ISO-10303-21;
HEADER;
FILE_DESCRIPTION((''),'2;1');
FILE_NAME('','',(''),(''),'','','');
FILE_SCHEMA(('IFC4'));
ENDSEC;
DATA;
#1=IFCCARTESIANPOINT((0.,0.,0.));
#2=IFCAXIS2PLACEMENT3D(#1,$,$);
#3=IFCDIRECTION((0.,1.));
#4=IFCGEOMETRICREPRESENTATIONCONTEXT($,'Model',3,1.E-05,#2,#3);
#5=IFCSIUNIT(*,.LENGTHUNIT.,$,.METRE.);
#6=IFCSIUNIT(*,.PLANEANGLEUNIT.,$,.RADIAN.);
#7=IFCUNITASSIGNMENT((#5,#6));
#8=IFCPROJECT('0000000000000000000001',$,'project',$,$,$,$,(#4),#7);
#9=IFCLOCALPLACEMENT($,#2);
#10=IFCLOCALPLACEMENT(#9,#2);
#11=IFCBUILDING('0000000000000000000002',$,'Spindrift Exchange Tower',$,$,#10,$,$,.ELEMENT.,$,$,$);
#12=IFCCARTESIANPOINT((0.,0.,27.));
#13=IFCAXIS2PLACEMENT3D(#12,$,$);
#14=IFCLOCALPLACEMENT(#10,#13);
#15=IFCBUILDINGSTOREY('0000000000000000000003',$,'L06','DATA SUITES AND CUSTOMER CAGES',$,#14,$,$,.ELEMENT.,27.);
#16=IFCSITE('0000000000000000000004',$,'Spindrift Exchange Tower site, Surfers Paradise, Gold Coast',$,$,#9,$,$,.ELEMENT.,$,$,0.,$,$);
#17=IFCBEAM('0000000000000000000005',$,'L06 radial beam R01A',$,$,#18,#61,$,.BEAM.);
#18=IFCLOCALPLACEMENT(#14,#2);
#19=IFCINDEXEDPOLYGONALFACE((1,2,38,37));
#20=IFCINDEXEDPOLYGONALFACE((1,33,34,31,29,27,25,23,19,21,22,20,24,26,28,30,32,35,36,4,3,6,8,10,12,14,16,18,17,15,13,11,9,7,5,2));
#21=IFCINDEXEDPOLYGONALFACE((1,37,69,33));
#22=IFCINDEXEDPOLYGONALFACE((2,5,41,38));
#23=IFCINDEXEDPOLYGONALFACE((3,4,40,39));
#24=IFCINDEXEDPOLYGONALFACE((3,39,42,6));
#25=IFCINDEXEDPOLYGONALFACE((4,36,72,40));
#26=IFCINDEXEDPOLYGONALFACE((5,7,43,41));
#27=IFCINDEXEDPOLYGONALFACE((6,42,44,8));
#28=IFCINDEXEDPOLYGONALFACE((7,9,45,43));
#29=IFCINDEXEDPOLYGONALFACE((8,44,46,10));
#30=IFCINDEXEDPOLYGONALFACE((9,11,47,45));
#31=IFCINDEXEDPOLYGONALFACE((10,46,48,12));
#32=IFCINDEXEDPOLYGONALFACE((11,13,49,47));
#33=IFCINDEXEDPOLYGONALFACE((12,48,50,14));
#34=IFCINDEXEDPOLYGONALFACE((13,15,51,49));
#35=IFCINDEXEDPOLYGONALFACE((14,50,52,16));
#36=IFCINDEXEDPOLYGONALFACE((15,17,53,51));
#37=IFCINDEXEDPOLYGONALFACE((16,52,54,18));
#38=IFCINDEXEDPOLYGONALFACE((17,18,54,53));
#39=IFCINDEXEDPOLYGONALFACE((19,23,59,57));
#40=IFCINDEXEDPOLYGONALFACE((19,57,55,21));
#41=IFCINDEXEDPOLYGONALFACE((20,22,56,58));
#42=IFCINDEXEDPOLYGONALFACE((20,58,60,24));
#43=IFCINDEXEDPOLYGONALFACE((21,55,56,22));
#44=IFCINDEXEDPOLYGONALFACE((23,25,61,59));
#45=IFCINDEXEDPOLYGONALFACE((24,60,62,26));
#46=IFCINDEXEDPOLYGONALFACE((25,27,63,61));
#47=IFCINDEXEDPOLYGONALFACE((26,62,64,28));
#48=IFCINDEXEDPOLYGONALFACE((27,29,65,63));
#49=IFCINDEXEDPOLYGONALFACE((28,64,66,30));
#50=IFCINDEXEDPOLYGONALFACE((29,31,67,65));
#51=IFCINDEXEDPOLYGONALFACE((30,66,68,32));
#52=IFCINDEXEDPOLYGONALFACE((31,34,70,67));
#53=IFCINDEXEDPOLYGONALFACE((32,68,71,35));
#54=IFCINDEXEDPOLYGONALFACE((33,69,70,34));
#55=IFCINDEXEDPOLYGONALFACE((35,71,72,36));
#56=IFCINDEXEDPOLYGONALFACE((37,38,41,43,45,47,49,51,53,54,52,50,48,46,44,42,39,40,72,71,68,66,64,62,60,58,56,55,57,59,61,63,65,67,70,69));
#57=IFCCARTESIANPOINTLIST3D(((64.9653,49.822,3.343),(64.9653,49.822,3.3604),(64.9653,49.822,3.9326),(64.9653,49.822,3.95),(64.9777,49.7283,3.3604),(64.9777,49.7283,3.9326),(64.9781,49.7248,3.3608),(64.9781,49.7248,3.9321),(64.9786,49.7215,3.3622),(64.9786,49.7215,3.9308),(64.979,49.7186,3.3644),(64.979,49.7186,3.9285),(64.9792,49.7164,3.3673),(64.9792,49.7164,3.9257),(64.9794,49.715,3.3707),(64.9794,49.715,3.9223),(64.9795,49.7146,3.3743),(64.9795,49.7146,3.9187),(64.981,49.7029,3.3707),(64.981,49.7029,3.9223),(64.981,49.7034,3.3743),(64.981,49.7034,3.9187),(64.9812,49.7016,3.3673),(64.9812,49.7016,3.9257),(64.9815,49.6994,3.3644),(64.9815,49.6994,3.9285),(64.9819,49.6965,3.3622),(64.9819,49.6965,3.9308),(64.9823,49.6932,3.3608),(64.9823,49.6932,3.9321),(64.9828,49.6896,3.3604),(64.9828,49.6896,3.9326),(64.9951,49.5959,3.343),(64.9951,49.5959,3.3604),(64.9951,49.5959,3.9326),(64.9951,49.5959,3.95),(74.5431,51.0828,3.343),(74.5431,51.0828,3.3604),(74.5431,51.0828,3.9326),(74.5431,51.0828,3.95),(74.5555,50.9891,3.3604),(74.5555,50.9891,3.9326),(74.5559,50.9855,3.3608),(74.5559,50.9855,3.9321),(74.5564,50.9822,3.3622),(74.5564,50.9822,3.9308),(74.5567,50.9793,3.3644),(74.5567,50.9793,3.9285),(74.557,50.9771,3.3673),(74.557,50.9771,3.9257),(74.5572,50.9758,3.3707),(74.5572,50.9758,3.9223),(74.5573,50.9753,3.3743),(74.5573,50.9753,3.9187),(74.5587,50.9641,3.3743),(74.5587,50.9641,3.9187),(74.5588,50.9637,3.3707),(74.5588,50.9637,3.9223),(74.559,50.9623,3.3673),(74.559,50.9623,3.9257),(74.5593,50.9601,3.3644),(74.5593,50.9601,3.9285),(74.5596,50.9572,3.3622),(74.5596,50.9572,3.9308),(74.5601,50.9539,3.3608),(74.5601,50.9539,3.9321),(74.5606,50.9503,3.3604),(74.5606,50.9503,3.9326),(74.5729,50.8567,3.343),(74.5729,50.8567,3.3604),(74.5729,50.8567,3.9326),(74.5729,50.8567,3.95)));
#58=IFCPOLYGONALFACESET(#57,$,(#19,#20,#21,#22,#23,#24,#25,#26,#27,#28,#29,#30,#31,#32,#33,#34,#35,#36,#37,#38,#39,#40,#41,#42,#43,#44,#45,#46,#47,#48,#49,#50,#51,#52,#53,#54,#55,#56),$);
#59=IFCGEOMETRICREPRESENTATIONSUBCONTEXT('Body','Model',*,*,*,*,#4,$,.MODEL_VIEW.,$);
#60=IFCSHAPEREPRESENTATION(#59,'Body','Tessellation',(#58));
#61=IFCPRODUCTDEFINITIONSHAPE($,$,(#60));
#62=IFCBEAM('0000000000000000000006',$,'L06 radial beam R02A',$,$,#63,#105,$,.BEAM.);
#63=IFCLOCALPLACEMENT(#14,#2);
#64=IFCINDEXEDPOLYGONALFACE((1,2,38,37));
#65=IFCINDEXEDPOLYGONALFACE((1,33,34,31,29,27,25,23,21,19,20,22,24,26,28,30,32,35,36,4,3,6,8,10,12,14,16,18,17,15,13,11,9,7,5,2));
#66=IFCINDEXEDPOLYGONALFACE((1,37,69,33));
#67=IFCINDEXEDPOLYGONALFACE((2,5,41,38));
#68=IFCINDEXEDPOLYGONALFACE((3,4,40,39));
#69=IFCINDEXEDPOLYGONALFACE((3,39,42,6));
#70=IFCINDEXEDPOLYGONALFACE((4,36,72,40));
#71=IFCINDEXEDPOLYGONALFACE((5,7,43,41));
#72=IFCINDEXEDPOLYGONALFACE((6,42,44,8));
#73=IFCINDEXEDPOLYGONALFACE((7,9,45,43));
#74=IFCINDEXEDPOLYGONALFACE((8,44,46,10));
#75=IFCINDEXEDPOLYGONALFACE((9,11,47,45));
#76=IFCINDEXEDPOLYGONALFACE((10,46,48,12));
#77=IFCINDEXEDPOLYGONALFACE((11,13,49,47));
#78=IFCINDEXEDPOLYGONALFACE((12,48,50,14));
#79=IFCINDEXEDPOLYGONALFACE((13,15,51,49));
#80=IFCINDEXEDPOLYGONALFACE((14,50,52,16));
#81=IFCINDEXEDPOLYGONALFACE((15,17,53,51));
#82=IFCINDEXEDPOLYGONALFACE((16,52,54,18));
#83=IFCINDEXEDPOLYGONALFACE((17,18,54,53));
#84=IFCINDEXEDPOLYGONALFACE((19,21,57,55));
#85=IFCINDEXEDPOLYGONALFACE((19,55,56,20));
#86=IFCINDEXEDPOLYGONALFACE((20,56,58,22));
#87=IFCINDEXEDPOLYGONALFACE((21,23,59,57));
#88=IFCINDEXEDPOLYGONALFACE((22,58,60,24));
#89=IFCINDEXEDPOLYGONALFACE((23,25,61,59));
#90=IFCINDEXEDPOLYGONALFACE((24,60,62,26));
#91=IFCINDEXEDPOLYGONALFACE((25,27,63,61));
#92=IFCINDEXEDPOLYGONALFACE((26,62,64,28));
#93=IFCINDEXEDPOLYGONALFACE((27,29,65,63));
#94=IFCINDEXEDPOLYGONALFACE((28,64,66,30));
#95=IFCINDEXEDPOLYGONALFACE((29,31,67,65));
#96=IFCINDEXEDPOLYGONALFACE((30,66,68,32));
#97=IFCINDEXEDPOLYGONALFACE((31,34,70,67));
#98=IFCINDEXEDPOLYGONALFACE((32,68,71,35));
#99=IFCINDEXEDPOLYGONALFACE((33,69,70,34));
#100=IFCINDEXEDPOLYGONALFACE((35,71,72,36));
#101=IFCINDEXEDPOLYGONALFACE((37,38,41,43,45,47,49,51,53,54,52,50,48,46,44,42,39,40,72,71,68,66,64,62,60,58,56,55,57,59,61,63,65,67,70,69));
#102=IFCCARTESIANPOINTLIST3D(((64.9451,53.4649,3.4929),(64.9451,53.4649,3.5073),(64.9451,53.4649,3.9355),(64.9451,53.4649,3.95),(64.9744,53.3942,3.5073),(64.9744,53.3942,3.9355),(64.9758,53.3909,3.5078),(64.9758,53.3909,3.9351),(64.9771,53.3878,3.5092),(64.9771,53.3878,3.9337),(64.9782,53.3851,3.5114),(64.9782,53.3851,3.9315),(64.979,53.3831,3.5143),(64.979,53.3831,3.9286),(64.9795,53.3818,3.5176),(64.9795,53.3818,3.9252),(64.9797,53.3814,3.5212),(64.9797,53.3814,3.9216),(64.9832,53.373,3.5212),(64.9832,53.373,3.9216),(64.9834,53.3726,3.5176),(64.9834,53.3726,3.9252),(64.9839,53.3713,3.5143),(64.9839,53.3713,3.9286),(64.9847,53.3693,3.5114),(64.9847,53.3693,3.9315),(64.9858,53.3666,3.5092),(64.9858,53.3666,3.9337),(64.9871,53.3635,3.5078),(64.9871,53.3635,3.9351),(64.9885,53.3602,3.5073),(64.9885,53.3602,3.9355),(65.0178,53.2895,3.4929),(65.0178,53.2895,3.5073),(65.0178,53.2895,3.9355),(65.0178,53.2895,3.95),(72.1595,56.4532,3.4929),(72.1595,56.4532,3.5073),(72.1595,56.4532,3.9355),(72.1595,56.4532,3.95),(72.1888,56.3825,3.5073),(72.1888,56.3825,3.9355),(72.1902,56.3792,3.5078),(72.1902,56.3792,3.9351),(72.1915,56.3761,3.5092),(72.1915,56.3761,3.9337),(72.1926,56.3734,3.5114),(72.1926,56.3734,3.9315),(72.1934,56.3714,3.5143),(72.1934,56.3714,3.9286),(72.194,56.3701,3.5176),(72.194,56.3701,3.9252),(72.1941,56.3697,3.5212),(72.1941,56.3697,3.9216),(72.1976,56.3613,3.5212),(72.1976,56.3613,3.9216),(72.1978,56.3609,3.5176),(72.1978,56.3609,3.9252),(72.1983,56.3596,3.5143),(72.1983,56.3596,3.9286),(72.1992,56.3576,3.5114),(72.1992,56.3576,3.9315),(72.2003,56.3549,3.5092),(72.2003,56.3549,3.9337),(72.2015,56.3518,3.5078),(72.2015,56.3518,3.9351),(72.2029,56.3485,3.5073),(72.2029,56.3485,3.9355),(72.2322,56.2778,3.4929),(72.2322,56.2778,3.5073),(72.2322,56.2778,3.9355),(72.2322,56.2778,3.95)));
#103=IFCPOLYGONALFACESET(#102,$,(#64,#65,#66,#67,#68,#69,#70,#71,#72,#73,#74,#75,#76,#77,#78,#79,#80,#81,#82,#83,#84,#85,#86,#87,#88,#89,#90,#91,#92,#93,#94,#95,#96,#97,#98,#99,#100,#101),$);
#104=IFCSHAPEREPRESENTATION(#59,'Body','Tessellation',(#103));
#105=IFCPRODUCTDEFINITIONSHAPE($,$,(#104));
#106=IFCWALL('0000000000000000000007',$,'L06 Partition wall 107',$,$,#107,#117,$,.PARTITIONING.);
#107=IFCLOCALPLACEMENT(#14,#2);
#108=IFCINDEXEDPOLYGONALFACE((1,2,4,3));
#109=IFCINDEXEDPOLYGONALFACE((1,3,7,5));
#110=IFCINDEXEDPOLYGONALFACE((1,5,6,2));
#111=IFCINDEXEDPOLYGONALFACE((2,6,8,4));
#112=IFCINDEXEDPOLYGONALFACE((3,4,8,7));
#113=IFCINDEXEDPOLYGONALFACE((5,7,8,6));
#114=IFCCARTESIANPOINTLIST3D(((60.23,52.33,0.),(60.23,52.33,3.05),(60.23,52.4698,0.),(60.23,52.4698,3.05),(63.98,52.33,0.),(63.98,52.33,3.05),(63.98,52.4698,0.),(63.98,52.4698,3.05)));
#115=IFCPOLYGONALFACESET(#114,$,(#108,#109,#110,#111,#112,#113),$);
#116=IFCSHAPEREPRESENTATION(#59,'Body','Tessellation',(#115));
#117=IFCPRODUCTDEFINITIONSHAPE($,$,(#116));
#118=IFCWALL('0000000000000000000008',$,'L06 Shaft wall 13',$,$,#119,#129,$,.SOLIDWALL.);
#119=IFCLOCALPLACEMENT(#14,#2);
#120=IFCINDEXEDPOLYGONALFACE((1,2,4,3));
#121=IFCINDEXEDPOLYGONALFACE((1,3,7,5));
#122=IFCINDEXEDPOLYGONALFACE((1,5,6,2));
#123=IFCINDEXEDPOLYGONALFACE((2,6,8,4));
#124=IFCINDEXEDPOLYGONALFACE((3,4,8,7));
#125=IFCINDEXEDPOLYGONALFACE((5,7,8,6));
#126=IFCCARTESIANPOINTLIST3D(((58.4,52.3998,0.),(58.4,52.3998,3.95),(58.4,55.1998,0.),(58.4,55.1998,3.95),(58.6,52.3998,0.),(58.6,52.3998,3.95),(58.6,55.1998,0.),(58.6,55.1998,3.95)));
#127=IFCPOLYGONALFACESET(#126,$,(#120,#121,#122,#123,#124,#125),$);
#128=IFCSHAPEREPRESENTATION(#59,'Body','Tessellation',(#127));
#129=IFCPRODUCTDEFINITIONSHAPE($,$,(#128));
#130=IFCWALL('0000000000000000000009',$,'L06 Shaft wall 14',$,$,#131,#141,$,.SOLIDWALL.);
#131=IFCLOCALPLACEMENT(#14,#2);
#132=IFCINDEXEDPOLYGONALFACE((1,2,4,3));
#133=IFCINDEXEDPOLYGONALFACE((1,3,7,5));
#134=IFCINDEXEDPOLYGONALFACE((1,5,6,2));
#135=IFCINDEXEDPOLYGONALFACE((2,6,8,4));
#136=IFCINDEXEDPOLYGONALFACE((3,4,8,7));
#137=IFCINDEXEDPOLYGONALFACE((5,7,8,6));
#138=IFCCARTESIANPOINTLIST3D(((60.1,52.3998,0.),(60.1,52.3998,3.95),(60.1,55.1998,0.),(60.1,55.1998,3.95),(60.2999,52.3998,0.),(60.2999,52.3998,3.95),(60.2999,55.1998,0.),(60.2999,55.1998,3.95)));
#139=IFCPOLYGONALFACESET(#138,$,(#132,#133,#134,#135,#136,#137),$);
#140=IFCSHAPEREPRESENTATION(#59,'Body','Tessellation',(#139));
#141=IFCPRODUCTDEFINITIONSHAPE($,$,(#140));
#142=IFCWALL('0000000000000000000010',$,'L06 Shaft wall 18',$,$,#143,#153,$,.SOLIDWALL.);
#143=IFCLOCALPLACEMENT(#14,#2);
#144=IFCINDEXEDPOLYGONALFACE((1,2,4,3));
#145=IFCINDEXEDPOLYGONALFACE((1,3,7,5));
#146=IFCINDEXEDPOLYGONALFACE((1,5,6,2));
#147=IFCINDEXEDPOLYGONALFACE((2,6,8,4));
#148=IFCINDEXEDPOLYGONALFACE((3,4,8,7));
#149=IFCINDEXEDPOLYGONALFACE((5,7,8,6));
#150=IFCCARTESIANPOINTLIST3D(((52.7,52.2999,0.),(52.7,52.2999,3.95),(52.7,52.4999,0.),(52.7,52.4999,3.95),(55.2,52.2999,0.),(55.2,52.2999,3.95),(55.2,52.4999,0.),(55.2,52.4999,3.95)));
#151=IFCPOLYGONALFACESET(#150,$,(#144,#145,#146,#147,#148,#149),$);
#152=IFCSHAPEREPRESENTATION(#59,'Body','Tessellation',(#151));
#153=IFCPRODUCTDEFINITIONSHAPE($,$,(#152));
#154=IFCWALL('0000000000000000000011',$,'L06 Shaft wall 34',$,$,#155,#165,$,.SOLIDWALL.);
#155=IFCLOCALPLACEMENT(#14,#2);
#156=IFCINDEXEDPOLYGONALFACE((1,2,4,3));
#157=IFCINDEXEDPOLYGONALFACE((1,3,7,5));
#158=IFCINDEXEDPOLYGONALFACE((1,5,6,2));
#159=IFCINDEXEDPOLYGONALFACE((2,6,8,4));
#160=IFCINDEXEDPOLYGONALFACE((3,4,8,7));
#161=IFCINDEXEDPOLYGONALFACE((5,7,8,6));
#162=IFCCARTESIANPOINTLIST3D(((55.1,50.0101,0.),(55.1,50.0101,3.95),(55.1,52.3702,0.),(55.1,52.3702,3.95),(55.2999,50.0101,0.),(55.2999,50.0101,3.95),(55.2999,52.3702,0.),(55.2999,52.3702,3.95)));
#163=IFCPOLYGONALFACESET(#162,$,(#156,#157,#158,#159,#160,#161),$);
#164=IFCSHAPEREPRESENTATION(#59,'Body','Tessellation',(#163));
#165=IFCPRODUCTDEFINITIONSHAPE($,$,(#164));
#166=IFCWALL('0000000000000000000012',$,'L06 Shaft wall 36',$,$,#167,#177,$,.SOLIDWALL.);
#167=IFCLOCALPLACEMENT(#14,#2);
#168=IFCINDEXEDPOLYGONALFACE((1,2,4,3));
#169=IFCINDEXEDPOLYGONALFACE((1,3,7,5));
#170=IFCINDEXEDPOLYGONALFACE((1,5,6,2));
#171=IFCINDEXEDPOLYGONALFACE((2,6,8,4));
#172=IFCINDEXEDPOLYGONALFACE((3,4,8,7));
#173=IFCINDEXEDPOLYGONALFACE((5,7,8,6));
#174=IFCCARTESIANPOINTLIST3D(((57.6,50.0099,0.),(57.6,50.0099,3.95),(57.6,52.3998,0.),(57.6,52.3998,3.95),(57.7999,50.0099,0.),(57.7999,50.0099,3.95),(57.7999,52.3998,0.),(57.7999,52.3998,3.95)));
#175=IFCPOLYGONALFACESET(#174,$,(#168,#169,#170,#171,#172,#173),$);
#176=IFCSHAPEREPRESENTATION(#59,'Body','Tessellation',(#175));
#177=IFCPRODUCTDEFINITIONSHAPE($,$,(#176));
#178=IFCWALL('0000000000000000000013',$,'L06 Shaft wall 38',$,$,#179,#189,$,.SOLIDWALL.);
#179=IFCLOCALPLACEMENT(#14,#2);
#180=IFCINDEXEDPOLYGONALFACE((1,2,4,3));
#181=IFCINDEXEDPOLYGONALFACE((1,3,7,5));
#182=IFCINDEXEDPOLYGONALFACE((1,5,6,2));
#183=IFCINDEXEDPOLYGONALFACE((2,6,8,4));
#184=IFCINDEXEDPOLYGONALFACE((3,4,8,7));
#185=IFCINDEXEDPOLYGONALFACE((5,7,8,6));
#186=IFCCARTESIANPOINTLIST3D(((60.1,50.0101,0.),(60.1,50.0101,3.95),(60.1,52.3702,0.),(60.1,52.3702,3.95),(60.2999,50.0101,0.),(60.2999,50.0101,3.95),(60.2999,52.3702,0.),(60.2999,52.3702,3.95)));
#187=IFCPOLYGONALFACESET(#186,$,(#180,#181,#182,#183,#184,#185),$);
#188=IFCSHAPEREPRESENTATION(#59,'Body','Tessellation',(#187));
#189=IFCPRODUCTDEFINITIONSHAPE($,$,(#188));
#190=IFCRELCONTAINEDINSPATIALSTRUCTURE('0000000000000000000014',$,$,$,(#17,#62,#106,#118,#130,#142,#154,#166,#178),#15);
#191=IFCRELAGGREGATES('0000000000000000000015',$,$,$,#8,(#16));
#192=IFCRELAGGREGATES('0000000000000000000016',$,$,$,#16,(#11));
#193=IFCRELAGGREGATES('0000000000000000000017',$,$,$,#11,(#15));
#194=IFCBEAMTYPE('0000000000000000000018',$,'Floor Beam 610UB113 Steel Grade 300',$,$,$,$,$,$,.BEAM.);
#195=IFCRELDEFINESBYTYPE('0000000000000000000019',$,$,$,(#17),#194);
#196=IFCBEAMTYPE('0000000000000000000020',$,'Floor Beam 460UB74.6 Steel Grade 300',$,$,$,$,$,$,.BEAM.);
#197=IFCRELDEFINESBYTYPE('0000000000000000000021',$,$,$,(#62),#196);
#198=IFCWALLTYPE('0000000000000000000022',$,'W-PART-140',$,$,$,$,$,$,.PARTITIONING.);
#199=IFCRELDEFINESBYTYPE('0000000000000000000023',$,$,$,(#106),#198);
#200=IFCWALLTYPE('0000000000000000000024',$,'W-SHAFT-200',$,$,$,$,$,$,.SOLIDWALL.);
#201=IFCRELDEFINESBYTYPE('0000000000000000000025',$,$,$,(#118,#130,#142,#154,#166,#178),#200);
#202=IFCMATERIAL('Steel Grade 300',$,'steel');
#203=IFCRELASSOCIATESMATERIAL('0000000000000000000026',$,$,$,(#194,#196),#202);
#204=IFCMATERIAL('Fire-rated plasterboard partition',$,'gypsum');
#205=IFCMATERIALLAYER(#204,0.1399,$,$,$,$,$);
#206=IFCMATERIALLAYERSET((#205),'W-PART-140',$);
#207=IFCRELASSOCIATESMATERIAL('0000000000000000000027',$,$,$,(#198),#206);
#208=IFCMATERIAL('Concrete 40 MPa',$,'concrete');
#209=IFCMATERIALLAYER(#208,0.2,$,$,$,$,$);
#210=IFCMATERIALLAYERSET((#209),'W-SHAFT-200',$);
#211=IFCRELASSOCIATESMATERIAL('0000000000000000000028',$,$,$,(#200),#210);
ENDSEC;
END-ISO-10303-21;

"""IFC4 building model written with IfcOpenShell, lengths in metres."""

from ifc_helpers import new_model, si_unit, direction, frame, frame_2d, origin, origin_2d, place, context, subcontext, project, spatial, rectangle, i_section, extrude, source, transform, mapped, material, layer, layer_set, material_profile, profile_set, type_object, element, save


model = new_model("IFC4")

# Units and contexts
model_context = context("Model", 3, precision=1e-05, world=origin(), true_north=direction((0.0, 1.0)))
body_context = subcontext(model_context, "Body", "Model", "MODEL_VIEW")
ifc_project = project(units=[si_unit("LENGTHUNIT", "METRE"), si_unit("PLANEANGLEUNIT", "RADIAN")], contexts=[model_context])

# Site, building, storey
site_placement = place(None, origin())
site = spatial("IfcSite", under=ifc_project, at=site_placement, Name="Spindrift Exchange Tower site, Surfers Paradise, Gold Coast", CompositionType="ELEMENT", RefElevation=0.0)
building_placement = place(site_placement, origin())
building = spatial("IfcBuilding", under=site, at=building_placement, Name="Spindrift Exchange Tower", CompositionType="ELEMENT")
storey_placement = place(building_placement, frame((0.0, 0.0, 27.0)))
storey = spatial("IfcBuildingStorey", under=building, at=storey_placement, Name="L06", Description="DATA SUITES AND CUSTOMER CAGES", CompositionType="ELEMENT", Elevation=27.0)

# Beams
ifc_material_1 = material(Name="Steel Grade 300", Category="steel")
ifc_material_profile_1 = material_profile(ifc_material_1, i_section(OverallWidth=0.228, OverallDepth=0.6069, WebThickness=0.0112, FlangeThickness=0.0173, FilletRadius=0.0139, at=origin_2d()), Name="610UB113")
ifc_profile_set_1 = profile_set([ifc_material_profile_1], Name="Steel Grade 300")
beam_type_1 = type_object("IfcBeamType", Name="Floor Beam 610UB113 Steel Grade 300", PredefinedType="BEAM", material=ifc_profile_set_1)
shared_shape_1 = source(origin(), body_context, "Body", "SweptSolid", [
    extrude(i_section(OverallWidth=0.228, OverallDepth=0.6069, WebThickness=0.0112, FlangeThickness=0.0173, FilletRadius=0.0139, at=origin_2d()), origin(), (0.0, 0.0, 1.0), 9.6604),
])
beam_1_placement = place(storey_placement, frame((64.9802, 49.709, 3.6465), z_axis=(0.991448, 0.130505, 0.0), x_axis=(-0.130505, 0.991448, 0.0)))
element("IfcBeam", 1, at=beam_1_placement, inside=storey, type_object=beam_type_1, Name="L06 radial beam R01A", PredefinedType="BEAM", context=body_context, shape_type="MappedRepresentation", body=[
    mapped(shared_shape_1, transform((0.0, 0.0, 0.0), scale=1.0)),
])
ifc_material_profile_2 = material_profile(ifc_material_1, i_section(OverallWidth=0.1899, OverallDepth=0.457, WebThickness=0.009, FlangeThickness=0.0144, FilletRadius=0.0139, at=origin_2d()), Name="460UB74.6")
ifc_profile_set_2 = profile_set([ifc_material_profile_2], Name="Steel Grade 300")
beam_type_2 = type_object("IfcBeamType", Name="Floor Beam 460UB74.6 Steel Grade 300", PredefinedType="BEAM", material=ifc_profile_set_2)
shared_shape_2 = source(origin(), body_context, "Body", "SweptSolid", [
    extrude(i_section(OverallWidth=0.1899, OverallDepth=0.457, WebThickness=0.009, FlangeThickness=0.0144, FilletRadius=0.0139, at=origin_2d()), origin(), (0.0, 0.0, 1.0), 7.8088),
])
beam_2_placement = place(storey_placement, frame((64.9814, 53.3772, 3.7214), z_axis=(0.92388, 0.382683, 0.0), x_axis=(-0.382683, 0.92388, 0.0)))
element("IfcBeam", 2, at=beam_2_placement, inside=storey, type_object=beam_type_2, Name="L06 radial beam R02A", PredefinedType="BEAM", context=body_context, shape_type="MappedRepresentation", body=[
    mapped(shared_shape_2, transform((0.0, 0.0, 0.0), scale=1.0)),
])

# Walls
ifc_material_2 = material(Name="Fire-rated plasterboard partition", Category="gypsum")
ifc_layer_1 = layer(ifc_material_2, 0.1399)
ifc_layer_set_1 = layer_set([ifc_layer_1], Name="W-PART-140")
wall_type_1 = type_object("IfcWallType", Name="W-PART-140", PredefinedType="PARTITIONING", material=ifc_layer_set_1)
wall_1_placement = place(storey_placement, frame((63.98, 52.3999, 0.0), z_axis=(0.0, 0.0, 1.0), x_axis=(-1.0, 0.0, 0.0)))
element("IfcWall", 3, at=wall_1_placement, inside=storey, type_object=wall_type_1, Name="L06 Partition wall 107", PredefinedType="PARTITIONING", context=body_context, shape_type="SweptSolid", body=[
    extrude(rectangle(XDim=3.75, YDim=0.1399, at=frame_2d((1.875, 0.0))), origin(), (0.0, 0.0, 1.0), 3.05),
])
ifc_material_3 = material(Name="Concrete 40 MPa", Category="concrete")
ifc_layer_2 = layer(ifc_material_3, 0.2)
ifc_layer_set_2 = layer_set([ifc_layer_2], Name="W-SHAFT-200")
wall_type_2 = type_object("IfcWallType", Name="W-SHAFT-200", PredefinedType="SOLIDWALL", material=ifc_layer_set_2)
for number, where, z_axis, x_axis, name in (
    (4, (58.5, 52.3999, 0.0), (0.0, 0.0, 1.0), (0.0, 1.0, 0.0), "L06 Shaft wall 13"),
    (5, (60.2, 52.3999, 0.0), (0.0, 0.0, 1.0), (0.0, 1.0, 0.0), "L06 Shaft wall 14"),
):
    element("IfcWall", number, at=place(storey_placement, frame(where, z_axis=z_axis, x_axis=x_axis)), inside=storey, type_object=wall_type_2, Name=name, PredefinedType="SOLIDWALL", context=body_context, shape_type="SweptSolid", body=[
        extrude(rectangle(XDim=2.8, YDim=0.2, at=frame_2d((1.3999, 0.0))), origin(), (0.0, 0.0, 1.0), 3.95),
    ])
wall_2_placement = place(storey_placement, frame((55.2, 52.3999, 0.0), z_axis=(0.0, 0.0, 1.0), x_axis=(-1.0, 0.0, 0.0)))
element("IfcWall", 6, at=wall_2_placement, inside=storey, type_object=wall_type_2, Name="L06 Shaft wall 18", PredefinedType="SOLIDWALL", context=body_context, shape_type="SweptSolid", body=[
    extrude(rectangle(XDim=2.5, YDim=0.2, at=frame_2d((1.25, 0.0))), origin(), (0.0, 0.0, 1.0), 3.95),
])
wall_3_placement = place(storey_placement, frame((55.2, 50.01, 0.0), z_axis=(0.0, 0.0, 1.0), x_axis=(0.0, 1.0, 0.0)))
element("IfcWall", 7, at=wall_3_placement, inside=storey, type_object=wall_type_2, Name="L06 Shaft wall 34", PredefinedType="SOLIDWALL", context=body_context, shape_type="SweptSolid", body=[
    extrude(rectangle(XDim=2.3601, YDim=0.2, at=frame_2d((1.1802, 0.0))), origin(), (0.0, 0.0, 1.0), 3.95),
])
wall_4_placement = place(storey_placement, frame((57.7, 50.01, 0.0), z_axis=(0.0, 0.0, 1.0), x_axis=(0.0, 1.0, 0.0)))
element("IfcWall", 8, at=wall_4_placement, inside=storey, type_object=wall_type_2, Name="L06 Shaft wall 36", PredefinedType="SOLIDWALL", context=body_context, shape_type="SweptSolid", body=[
    extrude(rectangle(XDim=2.3899, YDim=0.2, at=frame_2d((1.1948, 0.0))), origin(), (0.0, 0.0, 1.0), 3.95),
])
wall_5_placement = place(storey_placement, frame((60.2, 50.01, 0.0), z_axis=(0.0, 0.0, 1.0), x_axis=(0.0, 1.0, 0.0)))
element("IfcWall", 9, at=wall_5_placement, inside=storey, type_object=wall_type_2, Name="L06 Shaft wall 38", PredefinedType="SOLIDWALL", context=body_context, shape_type="SweptSolid", body=[
    extrude(rectangle(XDim=2.3601, YDim=0.2, at=frame_2d((1.1802, 0.0))), origin(), (0.0, 0.0, 1.0), 3.95),
])

save(model, "model.ifc")
